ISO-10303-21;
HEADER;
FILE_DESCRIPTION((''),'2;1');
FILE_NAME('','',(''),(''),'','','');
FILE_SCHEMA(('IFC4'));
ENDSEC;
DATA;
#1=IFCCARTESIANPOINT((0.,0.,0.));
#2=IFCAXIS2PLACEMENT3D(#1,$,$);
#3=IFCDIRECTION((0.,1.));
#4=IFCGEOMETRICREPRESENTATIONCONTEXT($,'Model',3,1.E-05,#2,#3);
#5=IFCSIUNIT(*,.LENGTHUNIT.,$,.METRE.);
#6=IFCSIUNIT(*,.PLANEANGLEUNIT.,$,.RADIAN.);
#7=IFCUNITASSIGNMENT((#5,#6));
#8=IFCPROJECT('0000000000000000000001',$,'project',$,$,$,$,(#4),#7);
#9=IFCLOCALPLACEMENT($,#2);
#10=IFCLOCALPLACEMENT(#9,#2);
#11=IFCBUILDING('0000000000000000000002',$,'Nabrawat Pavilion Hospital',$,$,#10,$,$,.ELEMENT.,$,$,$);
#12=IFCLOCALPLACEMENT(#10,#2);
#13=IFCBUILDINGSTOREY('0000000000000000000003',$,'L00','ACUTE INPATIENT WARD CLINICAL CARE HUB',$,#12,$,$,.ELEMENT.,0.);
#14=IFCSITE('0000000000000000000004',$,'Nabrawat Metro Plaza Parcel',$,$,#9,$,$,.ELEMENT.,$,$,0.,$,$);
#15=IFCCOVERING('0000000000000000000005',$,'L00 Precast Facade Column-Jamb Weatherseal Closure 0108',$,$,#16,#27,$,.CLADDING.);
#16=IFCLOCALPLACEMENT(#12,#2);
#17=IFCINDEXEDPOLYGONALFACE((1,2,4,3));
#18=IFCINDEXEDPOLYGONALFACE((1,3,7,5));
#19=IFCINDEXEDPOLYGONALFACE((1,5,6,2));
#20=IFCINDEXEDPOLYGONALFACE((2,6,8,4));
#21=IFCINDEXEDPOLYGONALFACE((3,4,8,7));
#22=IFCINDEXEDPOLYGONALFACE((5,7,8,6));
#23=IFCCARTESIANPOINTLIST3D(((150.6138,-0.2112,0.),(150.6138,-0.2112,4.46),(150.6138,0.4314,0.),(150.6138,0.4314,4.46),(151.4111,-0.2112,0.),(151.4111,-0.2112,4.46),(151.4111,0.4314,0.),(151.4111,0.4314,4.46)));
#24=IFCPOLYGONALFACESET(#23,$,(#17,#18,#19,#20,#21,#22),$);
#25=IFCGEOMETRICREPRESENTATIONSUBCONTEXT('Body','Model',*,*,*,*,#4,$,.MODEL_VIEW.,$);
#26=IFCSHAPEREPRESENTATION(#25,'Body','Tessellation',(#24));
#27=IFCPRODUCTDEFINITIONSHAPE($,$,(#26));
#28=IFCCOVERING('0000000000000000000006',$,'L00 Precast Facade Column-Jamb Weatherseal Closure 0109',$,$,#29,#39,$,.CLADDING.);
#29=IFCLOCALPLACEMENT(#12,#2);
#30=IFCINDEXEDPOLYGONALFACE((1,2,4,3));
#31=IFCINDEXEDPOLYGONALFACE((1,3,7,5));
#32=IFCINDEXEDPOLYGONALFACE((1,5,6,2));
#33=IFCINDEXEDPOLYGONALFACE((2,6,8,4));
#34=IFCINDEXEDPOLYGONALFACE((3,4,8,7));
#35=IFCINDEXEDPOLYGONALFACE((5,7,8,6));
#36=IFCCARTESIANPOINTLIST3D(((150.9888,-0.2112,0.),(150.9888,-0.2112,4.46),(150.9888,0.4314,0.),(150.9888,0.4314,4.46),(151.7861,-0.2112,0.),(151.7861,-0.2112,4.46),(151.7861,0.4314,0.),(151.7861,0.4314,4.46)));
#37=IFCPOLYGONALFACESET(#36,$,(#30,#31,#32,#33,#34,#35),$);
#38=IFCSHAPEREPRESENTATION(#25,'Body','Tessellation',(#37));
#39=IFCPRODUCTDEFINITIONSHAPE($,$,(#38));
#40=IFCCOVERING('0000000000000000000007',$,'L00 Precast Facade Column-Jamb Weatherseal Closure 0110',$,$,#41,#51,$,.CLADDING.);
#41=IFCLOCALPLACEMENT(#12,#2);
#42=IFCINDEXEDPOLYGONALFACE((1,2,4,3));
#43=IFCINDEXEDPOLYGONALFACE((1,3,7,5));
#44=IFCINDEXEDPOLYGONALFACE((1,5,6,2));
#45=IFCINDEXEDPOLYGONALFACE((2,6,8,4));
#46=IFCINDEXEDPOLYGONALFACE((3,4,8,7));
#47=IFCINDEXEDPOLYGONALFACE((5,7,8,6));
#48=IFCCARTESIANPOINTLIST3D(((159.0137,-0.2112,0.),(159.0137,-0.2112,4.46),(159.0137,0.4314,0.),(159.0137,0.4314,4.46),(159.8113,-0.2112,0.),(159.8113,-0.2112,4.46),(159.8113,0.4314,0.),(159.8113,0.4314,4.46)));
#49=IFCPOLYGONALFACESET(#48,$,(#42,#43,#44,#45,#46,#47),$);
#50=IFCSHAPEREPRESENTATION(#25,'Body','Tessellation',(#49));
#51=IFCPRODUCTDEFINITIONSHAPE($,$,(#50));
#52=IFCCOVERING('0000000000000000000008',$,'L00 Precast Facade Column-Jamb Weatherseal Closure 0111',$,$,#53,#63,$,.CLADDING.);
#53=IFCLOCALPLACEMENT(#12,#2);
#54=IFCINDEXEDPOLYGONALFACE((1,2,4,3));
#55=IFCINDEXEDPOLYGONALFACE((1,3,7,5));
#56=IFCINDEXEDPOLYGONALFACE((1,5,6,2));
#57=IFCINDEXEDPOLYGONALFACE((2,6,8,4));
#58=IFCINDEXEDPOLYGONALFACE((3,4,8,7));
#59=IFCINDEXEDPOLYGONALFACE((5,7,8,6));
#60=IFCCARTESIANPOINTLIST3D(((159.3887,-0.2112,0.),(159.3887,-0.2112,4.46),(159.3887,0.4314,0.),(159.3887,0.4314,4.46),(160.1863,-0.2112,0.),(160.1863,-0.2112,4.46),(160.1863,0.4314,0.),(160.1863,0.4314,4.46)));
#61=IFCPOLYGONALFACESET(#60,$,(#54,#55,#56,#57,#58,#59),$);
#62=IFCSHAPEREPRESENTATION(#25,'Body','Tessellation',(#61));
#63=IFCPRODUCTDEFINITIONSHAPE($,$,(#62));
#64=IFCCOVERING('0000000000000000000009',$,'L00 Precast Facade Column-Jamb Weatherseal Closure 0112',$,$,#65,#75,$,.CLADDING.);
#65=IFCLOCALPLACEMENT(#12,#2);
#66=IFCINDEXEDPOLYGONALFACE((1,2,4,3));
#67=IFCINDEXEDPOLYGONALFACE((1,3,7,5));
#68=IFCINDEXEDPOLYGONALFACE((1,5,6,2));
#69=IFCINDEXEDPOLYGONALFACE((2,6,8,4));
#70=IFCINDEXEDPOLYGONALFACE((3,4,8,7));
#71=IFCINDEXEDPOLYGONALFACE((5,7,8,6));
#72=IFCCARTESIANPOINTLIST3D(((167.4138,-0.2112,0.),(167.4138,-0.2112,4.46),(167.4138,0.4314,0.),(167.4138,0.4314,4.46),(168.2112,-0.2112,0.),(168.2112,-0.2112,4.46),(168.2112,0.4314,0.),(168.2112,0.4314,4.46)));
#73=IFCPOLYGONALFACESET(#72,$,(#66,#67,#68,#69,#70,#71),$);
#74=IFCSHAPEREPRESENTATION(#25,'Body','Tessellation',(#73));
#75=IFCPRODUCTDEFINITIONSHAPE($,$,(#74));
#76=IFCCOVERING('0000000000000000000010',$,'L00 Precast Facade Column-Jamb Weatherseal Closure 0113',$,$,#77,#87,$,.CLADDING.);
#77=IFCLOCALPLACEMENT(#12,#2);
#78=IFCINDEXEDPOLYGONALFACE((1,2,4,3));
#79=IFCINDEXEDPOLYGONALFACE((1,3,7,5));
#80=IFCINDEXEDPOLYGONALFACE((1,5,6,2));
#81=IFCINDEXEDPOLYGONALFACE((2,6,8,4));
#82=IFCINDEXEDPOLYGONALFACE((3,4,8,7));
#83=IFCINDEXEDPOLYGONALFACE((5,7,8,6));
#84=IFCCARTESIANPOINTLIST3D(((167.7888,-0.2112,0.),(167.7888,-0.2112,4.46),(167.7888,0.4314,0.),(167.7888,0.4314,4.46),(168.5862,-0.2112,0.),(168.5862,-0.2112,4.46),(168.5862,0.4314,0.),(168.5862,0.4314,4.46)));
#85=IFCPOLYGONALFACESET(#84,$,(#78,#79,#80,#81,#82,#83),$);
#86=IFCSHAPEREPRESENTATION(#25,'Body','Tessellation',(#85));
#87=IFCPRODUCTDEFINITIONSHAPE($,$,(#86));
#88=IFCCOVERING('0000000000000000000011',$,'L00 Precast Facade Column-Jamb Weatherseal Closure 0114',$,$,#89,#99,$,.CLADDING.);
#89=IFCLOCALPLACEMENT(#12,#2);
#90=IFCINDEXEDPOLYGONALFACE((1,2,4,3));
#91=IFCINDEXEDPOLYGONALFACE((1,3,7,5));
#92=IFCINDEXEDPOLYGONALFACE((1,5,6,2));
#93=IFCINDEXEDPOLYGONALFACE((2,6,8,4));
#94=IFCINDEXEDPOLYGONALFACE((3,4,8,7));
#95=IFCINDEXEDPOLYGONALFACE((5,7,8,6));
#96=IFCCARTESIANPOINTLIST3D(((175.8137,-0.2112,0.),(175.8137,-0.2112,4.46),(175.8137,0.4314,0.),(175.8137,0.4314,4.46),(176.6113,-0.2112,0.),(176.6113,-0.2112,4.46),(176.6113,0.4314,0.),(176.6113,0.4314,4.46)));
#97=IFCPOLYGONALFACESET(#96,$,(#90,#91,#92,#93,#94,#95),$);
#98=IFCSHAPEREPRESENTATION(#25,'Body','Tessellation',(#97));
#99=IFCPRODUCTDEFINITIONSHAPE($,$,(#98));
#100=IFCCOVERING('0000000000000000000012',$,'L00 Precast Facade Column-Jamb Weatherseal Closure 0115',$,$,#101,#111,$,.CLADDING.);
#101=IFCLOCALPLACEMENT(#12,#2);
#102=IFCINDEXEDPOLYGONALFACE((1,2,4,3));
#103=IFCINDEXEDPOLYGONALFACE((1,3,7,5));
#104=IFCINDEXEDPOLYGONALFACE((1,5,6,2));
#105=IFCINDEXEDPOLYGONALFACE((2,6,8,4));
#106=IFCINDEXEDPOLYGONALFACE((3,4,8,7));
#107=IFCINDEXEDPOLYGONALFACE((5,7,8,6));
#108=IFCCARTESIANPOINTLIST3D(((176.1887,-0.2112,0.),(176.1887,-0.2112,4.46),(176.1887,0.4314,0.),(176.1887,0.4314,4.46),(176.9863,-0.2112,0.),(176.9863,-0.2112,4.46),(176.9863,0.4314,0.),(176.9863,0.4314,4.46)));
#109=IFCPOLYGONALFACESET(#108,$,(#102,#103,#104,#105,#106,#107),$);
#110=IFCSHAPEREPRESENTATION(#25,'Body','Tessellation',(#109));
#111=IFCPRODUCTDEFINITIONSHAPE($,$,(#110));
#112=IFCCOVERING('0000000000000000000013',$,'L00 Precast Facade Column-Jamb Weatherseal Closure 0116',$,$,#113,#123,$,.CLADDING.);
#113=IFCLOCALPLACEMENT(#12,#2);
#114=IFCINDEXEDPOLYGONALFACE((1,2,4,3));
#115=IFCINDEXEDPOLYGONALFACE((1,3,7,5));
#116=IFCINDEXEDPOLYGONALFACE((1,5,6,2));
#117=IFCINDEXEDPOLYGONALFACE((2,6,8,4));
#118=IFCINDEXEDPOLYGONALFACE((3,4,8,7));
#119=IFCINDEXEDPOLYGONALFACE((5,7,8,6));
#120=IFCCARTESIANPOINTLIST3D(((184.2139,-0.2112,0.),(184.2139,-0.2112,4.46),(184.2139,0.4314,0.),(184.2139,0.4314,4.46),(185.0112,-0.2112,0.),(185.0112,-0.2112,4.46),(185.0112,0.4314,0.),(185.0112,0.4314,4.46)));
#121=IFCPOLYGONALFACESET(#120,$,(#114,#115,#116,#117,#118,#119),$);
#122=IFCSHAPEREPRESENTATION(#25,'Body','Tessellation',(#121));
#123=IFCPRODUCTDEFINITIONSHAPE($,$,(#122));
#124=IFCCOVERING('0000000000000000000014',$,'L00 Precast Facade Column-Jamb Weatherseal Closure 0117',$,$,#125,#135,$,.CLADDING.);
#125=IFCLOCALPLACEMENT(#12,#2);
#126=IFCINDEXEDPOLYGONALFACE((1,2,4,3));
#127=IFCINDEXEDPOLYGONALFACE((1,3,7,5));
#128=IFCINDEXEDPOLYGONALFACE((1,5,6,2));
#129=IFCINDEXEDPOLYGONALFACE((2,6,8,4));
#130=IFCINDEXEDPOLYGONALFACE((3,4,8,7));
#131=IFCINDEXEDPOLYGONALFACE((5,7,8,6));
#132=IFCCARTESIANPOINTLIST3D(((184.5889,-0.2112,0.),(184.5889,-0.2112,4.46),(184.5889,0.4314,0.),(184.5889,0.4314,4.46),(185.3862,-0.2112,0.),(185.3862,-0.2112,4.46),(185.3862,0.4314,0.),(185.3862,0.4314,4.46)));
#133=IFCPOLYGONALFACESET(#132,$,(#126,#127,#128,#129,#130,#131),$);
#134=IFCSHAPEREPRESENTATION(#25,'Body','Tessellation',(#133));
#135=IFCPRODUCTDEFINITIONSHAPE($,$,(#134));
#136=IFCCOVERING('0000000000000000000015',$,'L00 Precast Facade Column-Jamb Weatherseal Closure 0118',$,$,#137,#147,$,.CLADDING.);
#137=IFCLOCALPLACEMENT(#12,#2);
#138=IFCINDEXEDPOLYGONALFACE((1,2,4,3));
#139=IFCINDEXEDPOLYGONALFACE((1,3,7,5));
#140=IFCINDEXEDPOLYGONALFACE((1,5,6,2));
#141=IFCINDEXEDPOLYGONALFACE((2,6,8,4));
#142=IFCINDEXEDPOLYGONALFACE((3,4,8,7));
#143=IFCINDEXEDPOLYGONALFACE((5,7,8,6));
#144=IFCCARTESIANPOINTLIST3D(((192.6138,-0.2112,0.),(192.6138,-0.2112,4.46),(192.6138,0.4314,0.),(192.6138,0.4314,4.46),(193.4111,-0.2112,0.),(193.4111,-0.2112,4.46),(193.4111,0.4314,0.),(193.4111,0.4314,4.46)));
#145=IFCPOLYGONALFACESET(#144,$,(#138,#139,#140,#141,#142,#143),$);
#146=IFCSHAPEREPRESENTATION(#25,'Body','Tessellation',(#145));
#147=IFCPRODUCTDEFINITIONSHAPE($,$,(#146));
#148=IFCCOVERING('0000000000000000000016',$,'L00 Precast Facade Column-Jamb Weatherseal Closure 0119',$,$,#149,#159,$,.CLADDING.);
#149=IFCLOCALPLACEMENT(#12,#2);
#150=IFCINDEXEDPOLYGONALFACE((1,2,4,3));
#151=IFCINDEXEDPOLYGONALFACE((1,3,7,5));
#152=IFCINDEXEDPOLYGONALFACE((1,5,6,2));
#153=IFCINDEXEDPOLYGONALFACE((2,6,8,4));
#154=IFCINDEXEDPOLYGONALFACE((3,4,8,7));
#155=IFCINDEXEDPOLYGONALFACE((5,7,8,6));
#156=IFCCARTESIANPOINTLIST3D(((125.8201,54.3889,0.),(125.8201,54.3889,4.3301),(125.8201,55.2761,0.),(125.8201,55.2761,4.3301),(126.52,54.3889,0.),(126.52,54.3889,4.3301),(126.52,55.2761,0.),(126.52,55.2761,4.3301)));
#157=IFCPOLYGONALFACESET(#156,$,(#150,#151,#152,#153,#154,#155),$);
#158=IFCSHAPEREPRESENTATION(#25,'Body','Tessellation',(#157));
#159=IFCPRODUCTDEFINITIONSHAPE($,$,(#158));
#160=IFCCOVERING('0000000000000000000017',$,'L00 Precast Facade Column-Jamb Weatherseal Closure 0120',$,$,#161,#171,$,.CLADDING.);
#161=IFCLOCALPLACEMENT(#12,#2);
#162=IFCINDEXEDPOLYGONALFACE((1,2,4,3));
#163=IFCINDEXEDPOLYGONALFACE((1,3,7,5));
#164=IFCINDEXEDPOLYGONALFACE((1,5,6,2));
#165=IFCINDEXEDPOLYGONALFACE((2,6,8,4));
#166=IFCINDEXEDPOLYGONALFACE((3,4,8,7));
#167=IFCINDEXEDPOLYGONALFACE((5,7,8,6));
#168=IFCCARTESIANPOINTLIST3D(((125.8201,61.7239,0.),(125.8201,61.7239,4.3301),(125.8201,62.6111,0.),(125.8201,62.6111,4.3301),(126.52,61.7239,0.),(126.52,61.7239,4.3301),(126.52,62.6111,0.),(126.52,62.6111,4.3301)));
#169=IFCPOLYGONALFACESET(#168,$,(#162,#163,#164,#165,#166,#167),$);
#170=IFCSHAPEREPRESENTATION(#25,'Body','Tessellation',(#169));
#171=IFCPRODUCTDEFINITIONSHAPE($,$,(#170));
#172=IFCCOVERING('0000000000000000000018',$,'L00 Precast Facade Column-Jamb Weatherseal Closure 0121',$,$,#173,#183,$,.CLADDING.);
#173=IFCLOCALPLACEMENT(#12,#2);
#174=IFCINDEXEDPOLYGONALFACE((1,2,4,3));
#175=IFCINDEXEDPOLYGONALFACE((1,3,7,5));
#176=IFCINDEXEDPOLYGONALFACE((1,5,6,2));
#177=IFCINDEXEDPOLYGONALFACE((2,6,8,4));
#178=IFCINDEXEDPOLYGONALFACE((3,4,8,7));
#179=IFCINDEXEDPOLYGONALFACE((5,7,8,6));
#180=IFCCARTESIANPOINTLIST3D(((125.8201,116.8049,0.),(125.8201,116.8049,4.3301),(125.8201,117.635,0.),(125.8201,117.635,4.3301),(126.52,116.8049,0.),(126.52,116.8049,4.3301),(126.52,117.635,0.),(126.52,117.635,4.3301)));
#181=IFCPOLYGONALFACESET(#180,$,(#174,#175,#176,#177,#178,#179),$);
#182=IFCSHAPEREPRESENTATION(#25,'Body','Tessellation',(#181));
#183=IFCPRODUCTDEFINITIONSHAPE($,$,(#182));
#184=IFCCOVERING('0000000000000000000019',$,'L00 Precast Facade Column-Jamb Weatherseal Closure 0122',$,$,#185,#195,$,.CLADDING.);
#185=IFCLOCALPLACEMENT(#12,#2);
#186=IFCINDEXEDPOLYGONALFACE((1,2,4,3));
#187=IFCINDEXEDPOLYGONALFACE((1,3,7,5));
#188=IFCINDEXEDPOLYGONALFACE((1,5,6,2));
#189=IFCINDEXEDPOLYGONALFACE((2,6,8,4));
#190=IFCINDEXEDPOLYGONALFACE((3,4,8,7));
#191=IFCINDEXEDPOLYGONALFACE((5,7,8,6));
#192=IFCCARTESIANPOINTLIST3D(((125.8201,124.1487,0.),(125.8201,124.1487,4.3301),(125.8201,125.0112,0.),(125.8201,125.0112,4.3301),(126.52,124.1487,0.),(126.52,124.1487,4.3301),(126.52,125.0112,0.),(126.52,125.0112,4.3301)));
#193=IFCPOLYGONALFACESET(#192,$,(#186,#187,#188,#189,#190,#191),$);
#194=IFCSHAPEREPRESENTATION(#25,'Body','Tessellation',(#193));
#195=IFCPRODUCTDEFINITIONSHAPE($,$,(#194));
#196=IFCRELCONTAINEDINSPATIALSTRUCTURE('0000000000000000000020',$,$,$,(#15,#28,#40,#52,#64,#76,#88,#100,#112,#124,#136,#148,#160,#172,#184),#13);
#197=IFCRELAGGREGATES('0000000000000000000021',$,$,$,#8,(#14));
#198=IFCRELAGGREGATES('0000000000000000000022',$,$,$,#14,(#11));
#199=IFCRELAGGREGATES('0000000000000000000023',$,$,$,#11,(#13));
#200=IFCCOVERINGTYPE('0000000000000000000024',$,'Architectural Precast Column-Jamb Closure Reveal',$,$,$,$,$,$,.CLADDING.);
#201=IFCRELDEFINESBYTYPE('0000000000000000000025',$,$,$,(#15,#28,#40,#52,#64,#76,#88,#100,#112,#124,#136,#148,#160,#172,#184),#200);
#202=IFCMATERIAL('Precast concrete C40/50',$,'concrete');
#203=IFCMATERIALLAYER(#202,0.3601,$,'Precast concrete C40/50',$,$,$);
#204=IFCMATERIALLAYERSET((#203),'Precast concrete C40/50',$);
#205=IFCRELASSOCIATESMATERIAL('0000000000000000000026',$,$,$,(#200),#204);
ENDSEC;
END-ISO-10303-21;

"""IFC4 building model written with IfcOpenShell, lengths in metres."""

from ifc_helpers import new_model, si_unit, direction, origin, place, context, subcontext, project, spatial, polyline, outline, extrude, material, layer, layer_set, type_object, element, save


model = new_model("IFC4")

# Units and contexts
model_context = context("Model", 3, precision=1e-05, world=origin(), true_north=direction((0.0, 1.0)))
body_context = subcontext(model_context, "Body", "Model", "MODEL_VIEW")
ifc_project = project(units=[si_unit("LENGTHUNIT", "METRE"), si_unit("PLANEANGLEUNIT", "RADIAN")], contexts=[model_context])

# Site, building, storey
site_placement = place(None, origin())
site = spatial("IfcSite", under=ifc_project, at=site_placement, Name="Nabrawat Metro Plaza Parcel", CompositionType="ELEMENT", RefElevation=0.0)
building_placement = place(site_placement, origin())
building = spatial("IfcBuilding", under=site, at=building_placement, Name="Nabrawat Pavilion Hospital", CompositionType="ELEMENT")
storey_placement = place(building_placement, origin())
storey = spatial("IfcBuildingStorey", under=building, at=storey_placement, Name="L00", Description="ACUTE INPATIENT WARD CLINICAL CARE HUB", CompositionType="ELEMENT", Elevation=0.0)

# Coverings
ifc_material = material(Name="Precast concrete C40/50", Category="concrete")
ifc_layer = layer(ifc_material, 0.3601, Name="Precast concrete C40/50")
ifc_layer_set = layer_set([ifc_layer], Name="Precast concrete C40/50")
covering_type = type_object("IfcCoveringType", Name="Architectural Precast Column-Jamb Closure Reveal", PredefinedType="CLADDING", material=ifc_layer_set)
covering_1_placement = place(storey_placement, origin())
element("IfcCovering", 1, at=covering_1_placement, inside=storey, type_object=covering_type, Name="L00 Precast Facade Column-Jamb Weatherseal Closure 0108", PredefinedType="CLADDING", context=body_context, shape_type="SweptSolid", body=[
    extrude(outline(polyline([(151.4111, -0.2112), (151.4111, 0.4314), (150.6138, 0.4314), (150.6138, -0.2112), (151.4111, -0.2112)])), origin(), (0.0, 0.0, 1.0), 4.46),
])
covering_2_placement = place(storey_placement, origin())
element("IfcCovering", 2, at=covering_2_placement, inside=storey, type_object=covering_type, Name="L00 Precast Facade Column-Jamb Weatherseal Closure 0109", PredefinedType="CLADDING", context=body_context, shape_type="SweptSolid", body=[
    extrude(outline(polyline([(151.7861, -0.2112), (151.7861, 0.4314), (150.9888, 0.4314), (150.9888, -0.2112), (151.7861, -0.2112)])), origin(), (0.0, 0.0, 1.0), 4.46),
])
covering_3_placement = place(storey_placement, origin())
element("IfcCovering", 3, at=covering_3_placement, inside=storey, type_object=covering_type, Name="L00 Precast Facade Column-Jamb Weatherseal Closure 0110", PredefinedType="CLADDING", context=body_context, shape_type="SweptSolid", body=[
    extrude(outline(polyline([(159.8113, -0.2112), (159.8113, 0.4314), (159.0137, 0.4314), (159.0137, -0.2112), (159.8113, -0.2112)])), origin(), (0.0, 0.0, 1.0), 4.46),
])
covering_4_placement = place(storey_placement, origin())
element("IfcCovering", 4, at=covering_4_placement, inside=storey, type_object=covering_type, Name="L00 Precast Facade Column-Jamb Weatherseal Closure 0111", PredefinedType="CLADDING", context=body_context, shape_type="SweptSolid", body=[
    extrude(outline(polyline([(160.1863, -0.2112), (160.1863, 0.4314), (159.3887, 0.4314), (159.3887, -0.2112), (160.1863, -0.2112)])), origin(), (0.0, 0.0, 1.0), 4.46),
])
covering_5_placement = place(storey_placement, origin())
element("IfcCovering", 5, at=covering_5_placement, inside=storey, type_object=covering_type, Name="L00 Precast Facade Column-Jamb Weatherseal Closure 0112", PredefinedType="CLADDING", context=body_context, shape_type="SweptSolid", body=[
    extrude(outline(polyline([(168.2112, -0.2112), (168.2112, 0.4314), (167.4138, 0.4314), (167.4138, -0.2112), (168.2112, -0.2112)])), origin(), (0.0, 0.0, 1.0), 4.46),
])
covering_6_placement = place(storey_placement, origin())
element("IfcCovering", 6, at=covering_6_placement, inside=storey, type_object=covering_type, Name="L00 Precast Facade Column-Jamb Weatherseal Closure 0113", PredefinedType="CLADDING", context=body_context, shape_type="SweptSolid", body=[
    extrude(outline(polyline([(168.5862, -0.2112), (168.5862, 0.4314), (167.7888, 0.4314), (167.7888, -0.2112), (168.5862, -0.2112)])), origin(), (0.0, 0.0, 1.0), 4.46),
])
covering_7_placement = place(storey_placement, origin())
element("IfcCovering", 7, at=covering_7_placement, inside=storey, type_object=covering_type, Name="L00 Precast Facade Column-Jamb Weatherseal Closure 0114", PredefinedType="CLADDING", context=body_context, shape_type="SweptSolid", body=[
    extrude(outline(polyline([(176.6113, -0.2112), (176.6113, 0.4314), (175.8137, 0.4314), (175.8137, -0.2112), (176.6113, -0.2112)])), origin(), (0.0, 0.0, 1.0), 4.46),
])
covering_8_placement = place(storey_placement, origin())
element("IfcCovering", 8, at=covering_8_placement, inside=storey, type_object=covering_type, Name="L00 Precast Facade Column-Jamb Weatherseal Closure 0115", PredefinedType="CLADDING", context=body_context, shape_type="SweptSolid", body=[
    extrude(outline(polyline([(176.9863, -0.2112), (176.9863, 0.4314), (176.1887, 0.4314), (176.1887, -0.2112), (176.9863, -0.2112)])), origin(), (0.0, 0.0, 1.0), 4.46),
])
covering_9_placement = place(storey_placement, origin())
element("IfcCovering", 9, at=covering_9_placement, inside=storey, type_object=covering_type, Name="L00 Precast Facade Column-Jamb Weatherseal Closure 0116", PredefinedType="CLADDING", context=body_context, shape_type="SweptSolid", body=[
    extrude(outline(polyline([(185.0112, -0.2112), (185.0112, 0.4314), (184.2139, 0.4314), (184.2139, -0.2112), (185.0112, -0.2112)])), origin(), (0.0, 0.0, 1.0), 4.46),
])
covering_10_placement = place(storey_placement, origin())
element("IfcCovering", 10, at=covering_10_placement, inside=storey, type_object=covering_type, Name="L00 Precast Facade Column-Jamb Weatherseal Closure 0117", PredefinedType="CLADDING", context=body_context, shape_type="SweptSolid", body=[
    extrude(outline(polyline([(185.3862, -0.2112), (185.3862, 0.4314), (184.5889, 0.4314), (184.5889, -0.2112), (185.3862, -0.2112)])), origin(), (0.0, 0.0, 1.0), 4.46),
])
covering_11_placement = place(storey_placement, origin())
element("IfcCovering", 11, at=covering_11_placement, inside=storey, type_object=covering_type, Name="L00 Precast Facade Column-Jamb Weatherseal Closure 0118", PredefinedType="CLADDING", context=body_context, shape_type="SweptSolid", body=[
    extrude(outline(polyline([(193.4111, -0.2112), (193.4111, 0.4314), (192.6138, 0.4314), (192.6138, -0.2112), (193.4111, -0.2112)])), origin(), (0.0, 0.0, 1.0), 4.46),
])
covering_12_placement = place(storey_placement, origin())
element("IfcCovering", 12, at=covering_12_placement, inside=storey, type_object=covering_type, Name="L00 Precast Facade Column-Jamb Weatherseal Closure 0119", PredefinedType="CLADDING", context=body_context, shape_type="SweptSolid", body=[
    extrude(outline(polyline([(126.52, 54.3889), (126.52, 55.2761), (125.8201, 55.2761), (125.8201, 54.3889), (126.52, 54.3889)])), origin(), (0.0, 0.0, 1.0), 4.3301),
])
covering_13_placement = place(storey_placement, origin())
element("IfcCovering", 13, at=covering_13_placement, inside=storey, type_object=covering_type, Name="L00 Precast Facade Column-Jamb Weatherseal Closure 0120", PredefinedType="CLADDING", context=body_context, shape_type="SweptSolid", body=[
    extrude(outline(polyline([(126.52, 61.7239), (126.52, 62.6111), (125.8201, 62.6111), (125.8201, 61.7239), (126.52, 61.7239)])), origin(), (0.0, 0.0, 1.0), 4.3301),
])
covering_14_placement = place(storey_placement, origin())
element("IfcCovering", 14, at=covering_14_placement, inside=storey, type_object=covering_type, Name="L00 Precast Facade Column-Jamb Weatherseal Closure 0121", PredefinedType="CLADDING", context=body_context, shape_type="SweptSolid", body=[
    extrude(outline(polyline([(126.52, 116.8049), (126.52, 117.635), (125.8201, 117.635), (125.8201, 116.8049), (126.52, 116.8049)])), origin(), (0.0, 0.0, 1.0), 4.3301),
])
covering_15_placement = place(storey_placement, origin())
element("IfcCovering", 15, at=covering_15_placement, inside=storey, type_object=covering_type, Name="L00 Precast Facade Column-Jamb Weatherseal Closure 0122", PredefinedType="CLADDING", context=body_context, shape_type="SweptSolid", body=[
    extrude(outline(polyline([(126.52, 124.1487), (126.52, 125.0112), (125.8201, 125.0112), (125.8201, 124.1487), (126.52, 124.1487)])), origin(), (0.0, 0.0, 1.0), 4.3301),
])

save(model, "model.ifc")
